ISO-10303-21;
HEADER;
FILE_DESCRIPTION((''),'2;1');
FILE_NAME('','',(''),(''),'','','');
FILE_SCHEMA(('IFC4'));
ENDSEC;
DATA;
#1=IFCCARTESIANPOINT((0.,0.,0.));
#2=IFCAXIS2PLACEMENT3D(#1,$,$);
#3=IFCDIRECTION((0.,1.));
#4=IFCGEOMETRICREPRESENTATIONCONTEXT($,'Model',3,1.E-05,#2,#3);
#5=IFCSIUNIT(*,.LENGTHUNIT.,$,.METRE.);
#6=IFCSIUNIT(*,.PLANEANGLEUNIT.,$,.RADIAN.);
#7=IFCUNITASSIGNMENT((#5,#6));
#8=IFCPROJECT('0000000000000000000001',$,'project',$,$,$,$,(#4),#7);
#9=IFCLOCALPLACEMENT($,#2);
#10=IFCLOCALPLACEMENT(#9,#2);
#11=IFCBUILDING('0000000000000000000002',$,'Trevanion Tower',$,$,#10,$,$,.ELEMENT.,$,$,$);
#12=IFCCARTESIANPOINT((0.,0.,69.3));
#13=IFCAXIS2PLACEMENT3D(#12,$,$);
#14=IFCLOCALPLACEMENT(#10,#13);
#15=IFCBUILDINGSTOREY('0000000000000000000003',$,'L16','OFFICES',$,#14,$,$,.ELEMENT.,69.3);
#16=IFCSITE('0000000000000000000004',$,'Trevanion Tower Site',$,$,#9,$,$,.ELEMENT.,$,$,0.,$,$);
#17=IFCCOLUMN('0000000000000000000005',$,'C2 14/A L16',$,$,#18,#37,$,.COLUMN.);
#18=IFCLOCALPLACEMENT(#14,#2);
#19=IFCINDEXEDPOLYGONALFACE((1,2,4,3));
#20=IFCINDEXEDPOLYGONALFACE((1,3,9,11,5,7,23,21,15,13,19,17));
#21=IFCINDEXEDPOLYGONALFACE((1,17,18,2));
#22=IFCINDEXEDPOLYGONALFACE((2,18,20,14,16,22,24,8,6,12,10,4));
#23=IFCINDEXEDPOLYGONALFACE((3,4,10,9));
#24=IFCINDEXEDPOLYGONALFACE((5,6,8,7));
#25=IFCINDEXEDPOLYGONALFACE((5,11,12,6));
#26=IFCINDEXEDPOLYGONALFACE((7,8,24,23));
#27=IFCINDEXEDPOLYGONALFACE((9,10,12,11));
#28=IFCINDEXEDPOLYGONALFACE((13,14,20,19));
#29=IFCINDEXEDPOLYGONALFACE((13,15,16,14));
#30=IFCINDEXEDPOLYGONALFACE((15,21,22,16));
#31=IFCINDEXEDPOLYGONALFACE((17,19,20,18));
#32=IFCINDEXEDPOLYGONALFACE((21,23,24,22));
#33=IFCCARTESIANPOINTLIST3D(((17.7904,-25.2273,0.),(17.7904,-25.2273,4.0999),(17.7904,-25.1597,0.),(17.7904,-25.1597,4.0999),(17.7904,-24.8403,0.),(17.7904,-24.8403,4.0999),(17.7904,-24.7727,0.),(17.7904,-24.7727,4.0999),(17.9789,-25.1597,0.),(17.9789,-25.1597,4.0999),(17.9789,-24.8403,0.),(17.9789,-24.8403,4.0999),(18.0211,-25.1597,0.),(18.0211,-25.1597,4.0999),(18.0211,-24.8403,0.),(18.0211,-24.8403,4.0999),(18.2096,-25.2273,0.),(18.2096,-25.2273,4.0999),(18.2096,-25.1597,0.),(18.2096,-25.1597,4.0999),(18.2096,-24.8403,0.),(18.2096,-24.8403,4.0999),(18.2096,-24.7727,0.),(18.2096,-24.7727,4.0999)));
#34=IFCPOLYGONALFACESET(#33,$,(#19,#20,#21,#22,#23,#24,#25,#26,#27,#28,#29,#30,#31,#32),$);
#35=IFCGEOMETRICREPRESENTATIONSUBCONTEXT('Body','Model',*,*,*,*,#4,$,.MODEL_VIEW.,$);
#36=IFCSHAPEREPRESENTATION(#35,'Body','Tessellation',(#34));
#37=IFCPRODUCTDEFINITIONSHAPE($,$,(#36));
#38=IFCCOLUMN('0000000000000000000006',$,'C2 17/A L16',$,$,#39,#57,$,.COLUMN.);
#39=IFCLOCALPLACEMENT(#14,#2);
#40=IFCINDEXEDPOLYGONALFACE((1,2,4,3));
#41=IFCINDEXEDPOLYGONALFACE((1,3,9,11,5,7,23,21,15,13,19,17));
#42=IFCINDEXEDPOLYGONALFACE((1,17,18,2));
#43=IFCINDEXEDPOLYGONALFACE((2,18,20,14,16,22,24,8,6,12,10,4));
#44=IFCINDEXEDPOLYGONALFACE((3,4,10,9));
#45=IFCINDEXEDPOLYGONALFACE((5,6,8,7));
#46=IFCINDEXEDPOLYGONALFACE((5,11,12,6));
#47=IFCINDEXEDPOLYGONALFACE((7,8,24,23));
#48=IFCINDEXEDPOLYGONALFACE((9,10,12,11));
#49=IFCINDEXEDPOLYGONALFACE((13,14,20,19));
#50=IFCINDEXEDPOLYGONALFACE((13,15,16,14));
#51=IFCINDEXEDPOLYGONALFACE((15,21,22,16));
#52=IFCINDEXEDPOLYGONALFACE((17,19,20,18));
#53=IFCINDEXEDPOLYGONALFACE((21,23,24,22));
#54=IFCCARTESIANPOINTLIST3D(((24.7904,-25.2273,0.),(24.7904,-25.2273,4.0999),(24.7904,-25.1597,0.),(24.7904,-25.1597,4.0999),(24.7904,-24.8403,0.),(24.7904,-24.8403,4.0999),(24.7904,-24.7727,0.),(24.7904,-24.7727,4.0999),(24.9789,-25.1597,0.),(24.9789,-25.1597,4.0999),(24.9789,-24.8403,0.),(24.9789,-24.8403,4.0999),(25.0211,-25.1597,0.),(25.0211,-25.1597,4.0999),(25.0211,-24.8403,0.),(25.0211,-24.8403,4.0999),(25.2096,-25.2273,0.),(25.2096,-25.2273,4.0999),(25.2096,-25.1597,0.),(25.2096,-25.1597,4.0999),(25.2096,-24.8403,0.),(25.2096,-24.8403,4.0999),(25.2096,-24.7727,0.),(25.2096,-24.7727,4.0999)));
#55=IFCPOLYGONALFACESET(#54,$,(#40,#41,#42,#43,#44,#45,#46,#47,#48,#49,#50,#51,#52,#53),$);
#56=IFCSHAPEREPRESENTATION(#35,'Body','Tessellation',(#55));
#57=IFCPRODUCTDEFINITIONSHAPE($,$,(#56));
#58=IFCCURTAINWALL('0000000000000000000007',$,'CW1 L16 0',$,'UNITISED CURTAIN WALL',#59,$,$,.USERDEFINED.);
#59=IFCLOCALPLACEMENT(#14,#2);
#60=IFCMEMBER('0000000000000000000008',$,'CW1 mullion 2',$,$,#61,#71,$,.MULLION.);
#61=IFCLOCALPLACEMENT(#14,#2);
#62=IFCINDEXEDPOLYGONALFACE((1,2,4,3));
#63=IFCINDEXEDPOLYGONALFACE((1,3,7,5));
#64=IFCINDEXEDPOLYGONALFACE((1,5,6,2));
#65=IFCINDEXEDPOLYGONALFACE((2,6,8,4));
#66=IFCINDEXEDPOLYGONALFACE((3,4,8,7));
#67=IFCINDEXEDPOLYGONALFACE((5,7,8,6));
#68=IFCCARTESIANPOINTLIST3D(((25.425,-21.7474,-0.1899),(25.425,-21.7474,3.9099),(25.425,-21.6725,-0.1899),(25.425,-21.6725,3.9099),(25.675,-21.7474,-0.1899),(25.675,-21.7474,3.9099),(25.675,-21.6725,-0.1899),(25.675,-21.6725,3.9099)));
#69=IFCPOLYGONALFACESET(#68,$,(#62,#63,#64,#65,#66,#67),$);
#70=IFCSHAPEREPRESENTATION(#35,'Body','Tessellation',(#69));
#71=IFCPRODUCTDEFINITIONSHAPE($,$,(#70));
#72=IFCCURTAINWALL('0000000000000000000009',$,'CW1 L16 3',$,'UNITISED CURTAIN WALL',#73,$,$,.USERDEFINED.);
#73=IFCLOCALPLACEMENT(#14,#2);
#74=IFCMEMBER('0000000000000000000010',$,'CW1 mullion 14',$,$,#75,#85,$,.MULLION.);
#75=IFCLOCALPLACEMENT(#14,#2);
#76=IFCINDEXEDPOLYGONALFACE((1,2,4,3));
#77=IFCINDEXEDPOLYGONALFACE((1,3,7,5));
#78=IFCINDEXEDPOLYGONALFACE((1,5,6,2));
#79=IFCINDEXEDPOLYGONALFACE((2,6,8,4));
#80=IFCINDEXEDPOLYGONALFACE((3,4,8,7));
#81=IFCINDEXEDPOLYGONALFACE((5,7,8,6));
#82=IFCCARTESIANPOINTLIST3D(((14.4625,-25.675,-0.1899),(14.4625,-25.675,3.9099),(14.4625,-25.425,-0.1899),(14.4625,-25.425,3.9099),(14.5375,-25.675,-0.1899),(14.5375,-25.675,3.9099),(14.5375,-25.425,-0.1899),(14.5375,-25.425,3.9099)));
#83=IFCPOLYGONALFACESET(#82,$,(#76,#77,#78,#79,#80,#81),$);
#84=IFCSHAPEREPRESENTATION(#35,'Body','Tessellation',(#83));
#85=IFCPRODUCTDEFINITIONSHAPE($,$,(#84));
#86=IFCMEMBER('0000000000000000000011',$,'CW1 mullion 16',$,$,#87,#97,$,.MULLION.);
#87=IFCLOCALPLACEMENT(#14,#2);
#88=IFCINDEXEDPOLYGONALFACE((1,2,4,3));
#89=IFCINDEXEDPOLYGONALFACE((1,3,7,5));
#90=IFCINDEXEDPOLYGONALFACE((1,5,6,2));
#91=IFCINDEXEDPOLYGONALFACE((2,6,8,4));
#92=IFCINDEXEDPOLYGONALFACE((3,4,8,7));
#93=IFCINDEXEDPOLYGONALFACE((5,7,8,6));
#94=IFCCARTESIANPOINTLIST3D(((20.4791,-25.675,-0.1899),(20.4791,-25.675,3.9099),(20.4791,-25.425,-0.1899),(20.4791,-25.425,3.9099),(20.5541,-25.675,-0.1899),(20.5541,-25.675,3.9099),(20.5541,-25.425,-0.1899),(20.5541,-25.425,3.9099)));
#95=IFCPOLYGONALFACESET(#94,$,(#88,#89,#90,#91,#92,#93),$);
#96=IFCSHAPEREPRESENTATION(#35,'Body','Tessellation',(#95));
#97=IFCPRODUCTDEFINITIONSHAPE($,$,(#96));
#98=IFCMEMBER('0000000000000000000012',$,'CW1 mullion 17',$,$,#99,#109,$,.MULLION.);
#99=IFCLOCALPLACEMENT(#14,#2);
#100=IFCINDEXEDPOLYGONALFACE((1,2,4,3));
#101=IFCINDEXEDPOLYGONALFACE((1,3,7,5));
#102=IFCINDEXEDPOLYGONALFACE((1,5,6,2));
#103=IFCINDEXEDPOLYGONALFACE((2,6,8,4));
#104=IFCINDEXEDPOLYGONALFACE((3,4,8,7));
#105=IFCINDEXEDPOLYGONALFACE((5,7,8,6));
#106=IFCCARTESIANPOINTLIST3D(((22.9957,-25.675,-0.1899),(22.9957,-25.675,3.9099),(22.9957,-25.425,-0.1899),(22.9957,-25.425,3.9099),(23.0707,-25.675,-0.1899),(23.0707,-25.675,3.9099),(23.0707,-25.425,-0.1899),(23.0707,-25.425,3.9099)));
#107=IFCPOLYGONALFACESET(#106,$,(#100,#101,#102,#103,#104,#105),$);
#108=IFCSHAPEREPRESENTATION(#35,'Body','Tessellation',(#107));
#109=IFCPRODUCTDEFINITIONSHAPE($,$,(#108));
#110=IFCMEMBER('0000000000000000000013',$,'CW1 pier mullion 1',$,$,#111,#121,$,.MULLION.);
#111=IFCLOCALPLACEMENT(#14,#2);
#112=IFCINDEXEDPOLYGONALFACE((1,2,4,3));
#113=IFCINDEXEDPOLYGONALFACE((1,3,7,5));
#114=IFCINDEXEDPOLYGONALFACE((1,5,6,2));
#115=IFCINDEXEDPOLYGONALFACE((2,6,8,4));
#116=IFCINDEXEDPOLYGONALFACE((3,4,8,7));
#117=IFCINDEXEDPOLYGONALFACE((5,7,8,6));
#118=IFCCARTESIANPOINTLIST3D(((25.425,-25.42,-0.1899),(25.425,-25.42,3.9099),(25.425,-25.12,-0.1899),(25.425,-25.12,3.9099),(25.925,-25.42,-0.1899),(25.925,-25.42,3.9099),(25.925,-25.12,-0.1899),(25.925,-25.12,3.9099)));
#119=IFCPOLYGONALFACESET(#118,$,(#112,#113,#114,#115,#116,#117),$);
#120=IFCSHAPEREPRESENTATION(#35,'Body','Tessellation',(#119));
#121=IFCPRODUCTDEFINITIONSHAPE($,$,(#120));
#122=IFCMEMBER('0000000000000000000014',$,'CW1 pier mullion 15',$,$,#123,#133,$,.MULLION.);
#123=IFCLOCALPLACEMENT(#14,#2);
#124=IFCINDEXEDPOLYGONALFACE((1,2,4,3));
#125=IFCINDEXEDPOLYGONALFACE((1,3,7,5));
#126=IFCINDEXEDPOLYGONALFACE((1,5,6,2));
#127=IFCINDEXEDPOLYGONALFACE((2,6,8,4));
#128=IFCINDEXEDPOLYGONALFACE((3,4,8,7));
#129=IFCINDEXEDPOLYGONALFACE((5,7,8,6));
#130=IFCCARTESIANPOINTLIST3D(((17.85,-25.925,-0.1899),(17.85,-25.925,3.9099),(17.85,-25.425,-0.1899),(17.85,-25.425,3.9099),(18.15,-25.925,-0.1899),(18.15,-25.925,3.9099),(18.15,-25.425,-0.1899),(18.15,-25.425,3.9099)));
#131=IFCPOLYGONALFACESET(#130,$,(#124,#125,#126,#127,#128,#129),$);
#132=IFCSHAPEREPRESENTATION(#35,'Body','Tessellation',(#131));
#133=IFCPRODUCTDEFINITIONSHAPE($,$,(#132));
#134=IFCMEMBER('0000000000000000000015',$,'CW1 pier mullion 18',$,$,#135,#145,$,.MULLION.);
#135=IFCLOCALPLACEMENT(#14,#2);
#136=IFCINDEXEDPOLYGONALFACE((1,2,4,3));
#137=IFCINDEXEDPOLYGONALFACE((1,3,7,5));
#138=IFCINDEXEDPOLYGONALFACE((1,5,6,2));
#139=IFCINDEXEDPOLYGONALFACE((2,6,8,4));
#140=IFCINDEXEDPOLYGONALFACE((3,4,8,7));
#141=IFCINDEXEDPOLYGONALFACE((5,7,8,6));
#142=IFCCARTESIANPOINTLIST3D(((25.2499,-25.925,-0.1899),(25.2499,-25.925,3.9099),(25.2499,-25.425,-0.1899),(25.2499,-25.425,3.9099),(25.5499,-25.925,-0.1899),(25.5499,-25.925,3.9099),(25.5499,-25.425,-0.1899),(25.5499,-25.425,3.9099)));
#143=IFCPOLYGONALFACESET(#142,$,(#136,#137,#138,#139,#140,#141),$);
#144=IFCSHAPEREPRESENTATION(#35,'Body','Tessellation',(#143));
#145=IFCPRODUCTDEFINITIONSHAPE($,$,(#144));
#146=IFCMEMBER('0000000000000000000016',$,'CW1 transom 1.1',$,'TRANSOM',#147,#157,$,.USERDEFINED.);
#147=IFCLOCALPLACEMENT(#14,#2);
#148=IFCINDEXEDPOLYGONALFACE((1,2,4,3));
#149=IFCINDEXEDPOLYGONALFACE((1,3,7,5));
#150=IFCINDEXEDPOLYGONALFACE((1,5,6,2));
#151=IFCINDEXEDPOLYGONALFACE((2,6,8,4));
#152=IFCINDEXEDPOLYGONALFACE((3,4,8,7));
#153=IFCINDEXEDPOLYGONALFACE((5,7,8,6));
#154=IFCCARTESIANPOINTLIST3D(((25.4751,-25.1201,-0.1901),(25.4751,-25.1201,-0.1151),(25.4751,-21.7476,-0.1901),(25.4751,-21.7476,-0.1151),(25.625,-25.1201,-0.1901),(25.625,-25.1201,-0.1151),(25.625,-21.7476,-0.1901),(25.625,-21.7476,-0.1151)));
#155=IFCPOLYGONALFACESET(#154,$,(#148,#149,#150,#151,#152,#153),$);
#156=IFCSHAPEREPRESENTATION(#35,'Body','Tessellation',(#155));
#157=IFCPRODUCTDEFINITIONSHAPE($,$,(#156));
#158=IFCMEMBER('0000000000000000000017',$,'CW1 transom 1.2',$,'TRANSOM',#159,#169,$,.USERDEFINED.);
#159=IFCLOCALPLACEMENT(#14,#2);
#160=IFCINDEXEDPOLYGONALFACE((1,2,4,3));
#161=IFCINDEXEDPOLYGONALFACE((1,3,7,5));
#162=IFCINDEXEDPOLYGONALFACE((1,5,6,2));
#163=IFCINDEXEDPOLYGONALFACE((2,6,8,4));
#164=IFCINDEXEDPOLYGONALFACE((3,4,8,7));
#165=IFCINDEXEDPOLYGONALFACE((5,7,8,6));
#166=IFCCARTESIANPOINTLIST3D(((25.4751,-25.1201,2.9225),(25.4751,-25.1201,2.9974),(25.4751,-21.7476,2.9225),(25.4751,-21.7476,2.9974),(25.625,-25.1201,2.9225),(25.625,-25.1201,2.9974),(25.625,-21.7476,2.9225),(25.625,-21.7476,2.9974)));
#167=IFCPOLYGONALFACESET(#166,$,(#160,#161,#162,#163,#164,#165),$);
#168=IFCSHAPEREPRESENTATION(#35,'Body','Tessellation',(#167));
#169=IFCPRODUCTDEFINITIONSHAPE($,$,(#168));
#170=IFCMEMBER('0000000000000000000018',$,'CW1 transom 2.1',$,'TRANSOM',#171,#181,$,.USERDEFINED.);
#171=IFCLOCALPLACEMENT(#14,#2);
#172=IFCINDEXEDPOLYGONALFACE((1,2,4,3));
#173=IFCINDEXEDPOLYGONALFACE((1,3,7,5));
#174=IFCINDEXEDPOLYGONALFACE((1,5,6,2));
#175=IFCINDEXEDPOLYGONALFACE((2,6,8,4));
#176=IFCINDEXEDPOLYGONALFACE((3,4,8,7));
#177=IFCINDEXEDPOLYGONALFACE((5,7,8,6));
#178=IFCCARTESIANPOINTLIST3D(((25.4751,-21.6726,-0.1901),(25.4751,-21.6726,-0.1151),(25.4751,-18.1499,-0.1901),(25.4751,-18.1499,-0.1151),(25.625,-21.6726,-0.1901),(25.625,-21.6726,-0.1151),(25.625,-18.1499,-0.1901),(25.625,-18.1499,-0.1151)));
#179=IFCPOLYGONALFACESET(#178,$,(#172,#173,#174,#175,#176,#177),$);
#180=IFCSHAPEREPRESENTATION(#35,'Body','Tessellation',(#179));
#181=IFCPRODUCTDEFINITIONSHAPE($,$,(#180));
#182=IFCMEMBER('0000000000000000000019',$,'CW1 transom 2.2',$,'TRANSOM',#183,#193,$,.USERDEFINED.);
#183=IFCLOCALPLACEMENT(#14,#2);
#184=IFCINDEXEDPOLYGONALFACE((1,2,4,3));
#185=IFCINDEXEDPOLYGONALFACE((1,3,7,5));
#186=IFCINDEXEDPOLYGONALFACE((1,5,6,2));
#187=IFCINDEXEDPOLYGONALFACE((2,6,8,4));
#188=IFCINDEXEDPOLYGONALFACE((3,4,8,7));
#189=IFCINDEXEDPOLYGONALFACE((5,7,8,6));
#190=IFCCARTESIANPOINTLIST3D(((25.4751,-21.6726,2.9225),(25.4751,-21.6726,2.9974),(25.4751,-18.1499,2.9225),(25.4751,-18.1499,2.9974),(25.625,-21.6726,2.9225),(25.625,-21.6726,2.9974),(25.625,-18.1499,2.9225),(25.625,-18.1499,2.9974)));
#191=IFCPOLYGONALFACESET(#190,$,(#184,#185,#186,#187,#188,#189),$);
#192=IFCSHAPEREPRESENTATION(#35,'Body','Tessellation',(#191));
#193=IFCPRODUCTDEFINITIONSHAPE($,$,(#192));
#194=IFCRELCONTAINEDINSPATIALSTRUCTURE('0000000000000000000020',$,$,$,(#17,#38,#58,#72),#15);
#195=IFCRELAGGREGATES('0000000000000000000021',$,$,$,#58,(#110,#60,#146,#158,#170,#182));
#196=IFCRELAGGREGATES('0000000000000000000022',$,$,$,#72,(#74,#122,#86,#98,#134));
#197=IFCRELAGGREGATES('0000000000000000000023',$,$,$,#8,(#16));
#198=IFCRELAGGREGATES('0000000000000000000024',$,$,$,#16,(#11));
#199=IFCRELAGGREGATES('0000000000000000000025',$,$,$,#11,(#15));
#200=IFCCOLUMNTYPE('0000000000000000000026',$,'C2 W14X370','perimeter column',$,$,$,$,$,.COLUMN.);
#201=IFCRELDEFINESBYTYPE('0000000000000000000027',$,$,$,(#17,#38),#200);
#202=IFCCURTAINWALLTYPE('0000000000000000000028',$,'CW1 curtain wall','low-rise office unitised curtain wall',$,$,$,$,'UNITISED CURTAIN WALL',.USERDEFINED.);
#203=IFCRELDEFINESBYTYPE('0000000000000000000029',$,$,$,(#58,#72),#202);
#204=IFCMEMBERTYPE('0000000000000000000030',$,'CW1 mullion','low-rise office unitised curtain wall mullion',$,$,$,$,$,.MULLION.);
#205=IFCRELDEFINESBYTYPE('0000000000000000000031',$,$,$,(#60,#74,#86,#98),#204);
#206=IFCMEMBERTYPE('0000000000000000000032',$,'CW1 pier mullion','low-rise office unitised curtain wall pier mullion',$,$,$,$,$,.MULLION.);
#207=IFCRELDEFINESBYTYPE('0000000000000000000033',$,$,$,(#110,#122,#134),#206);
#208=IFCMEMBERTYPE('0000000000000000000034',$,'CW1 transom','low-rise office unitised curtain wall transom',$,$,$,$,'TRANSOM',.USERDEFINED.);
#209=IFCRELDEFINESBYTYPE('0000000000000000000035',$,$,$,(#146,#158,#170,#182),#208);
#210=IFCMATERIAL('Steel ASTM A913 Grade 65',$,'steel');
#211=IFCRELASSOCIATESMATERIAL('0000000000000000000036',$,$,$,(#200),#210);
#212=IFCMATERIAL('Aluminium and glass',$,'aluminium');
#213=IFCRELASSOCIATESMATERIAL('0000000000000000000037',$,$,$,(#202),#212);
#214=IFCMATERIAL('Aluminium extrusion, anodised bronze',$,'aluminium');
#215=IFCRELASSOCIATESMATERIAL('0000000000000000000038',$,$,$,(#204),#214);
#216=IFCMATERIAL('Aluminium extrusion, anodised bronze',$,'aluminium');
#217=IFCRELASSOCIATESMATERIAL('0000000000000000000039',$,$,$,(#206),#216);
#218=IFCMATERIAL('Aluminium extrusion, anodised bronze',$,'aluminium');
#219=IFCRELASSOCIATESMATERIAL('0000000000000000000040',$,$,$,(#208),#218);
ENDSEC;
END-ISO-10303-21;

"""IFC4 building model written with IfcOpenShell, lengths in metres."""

from ifc_helpers import new_model, si_unit, direction, frame, origin, origin_2d, place, context, subcontext, project, spatial, rectangle, i_section, extrude, material, material_profile, profile_set, type_object, element, aggregate, save


model = new_model("IFC4")

# Units and contexts
model_context = context("Model", 3, precision=1e-05, world=origin(), true_north=direction((0.0, 1.0)))
body_context = subcontext(model_context, "Body", "Model", "MODEL_VIEW")
ifc_project = project(units=[si_unit("LENGTHUNIT", "METRE"), si_unit("PLANEANGLEUNIT", "RADIAN")], contexts=[model_context])

# Site, building, storey
site_placement = place(None, origin())
site = spatial("IfcSite", under=ifc_project, at=site_placement, Name="Trevanion Tower Site", CompositionType="ELEMENT", RefElevation=0.0)
building_placement = place(site_placement, origin())
building = spatial("IfcBuilding", under=site, at=building_placement, Name="Trevanion Tower", CompositionType="ELEMENT")
storey_placement = place(building_placement, frame((0.0, 0.0, 69.3)))
storey = spatial("IfcBuildingStorey", under=building, at=storey_placement, Name="L16", Description="OFFICES", CompositionType="ELEMENT", Elevation=69.3)

# Columns
ifc_material_1 = material(Name="Steel ASTM A913 Grade 65", Category="steel")
ifc_material_profile_1 = material_profile(ifc_material_1, i_section(OverallWidth=0.4192, OverallDepth=0.4546, WebThickness=0.0422, FlangeThickness=0.0676, at=origin_2d()), Name="W14X370")
ifc_profile_set_1 = profile_set([ifc_material_profile_1], Name="Steel ASTM A913 Grade 65")
column_type = type_object("IfcColumnType", Name="C2 W14X370", Description="perimeter column", PredefinedType="COLUMN", material=ifc_profile_set_1)
for number, where, z_axis, x_axis, name in (
    (1, (18.0, -25.0, 0.0), (0.0, 0.0, 1.0), (1.0, 0.0, 0.0), "C2 14/A L16"),
    (2, (25.0, -25.0, 0.0), (0.0, 0.0, 1.0), (1.0, 0.0, 0.0), "C2 17/A L16"),
):
    element("IfcColumn", number, at=place(storey_placement, frame(where, z_axis=z_axis, x_axis=x_axis)), inside=storey, type_object=column_type, Name=name, PredefinedType="COLUMN", context=body_context, shape_type="SweptSolid", body=[
        extrude(i_section(OverallWidth=0.4192, OverallDepth=0.4546, WebThickness=0.0422, FlangeThickness=0.0676, at=origin_2d()), origin(), (0.0, 0.0, 1.0), 4.0999),
    ])

# Curtain wall, member
ifc_material_2 = material(Name="Aluminium and glass", Category="aluminium")
curtain_wall_type = type_object("IfcCurtainWallType", Name="CW1 curtain wall", Description="low-rise office unitised curtain wall", ElementType="UNITISED CURTAIN WALL", PredefinedType="USERDEFINED", material=ifc_material_2)
curtain_wall_1_placement = place(storey_placement, origin())
curtain_wall_1 = element("IfcCurtainWall", 3, at=curtain_wall_1_placement, inside=storey, type_object=curtain_wall_type, Name="CW1 L16 0", ObjectType="UNITISED CURTAIN WALL", PredefinedType="USERDEFINED")
ifc_material_3 = material(Name="Aluminium extrusion, anodised bronze", Category="aluminium")
ifc_material_profile_2 = material_profile(ifc_material_3, rectangle(XDim=0.075, YDim=0.25, at=origin_2d()), Name="CW1 mullion")
ifc_profile_set_2 = profile_set([ifc_material_profile_2], Name="Aluminium extrusion, anodised bronze")
member_type_1 = type_object("IfcMemberType", Name="CW1 mullion", Description="low-rise office unitised curtain wall mullion", PredefinedType="MULLION", material=ifc_profile_set_2)
member_1_placement = place(storey_placement, frame((25.55, -21.71, -0.1899), z_axis=(0.0, 0.0, 1.0), x_axis=(0.0, 1.0, 0.0)))
member_1 = element("IfcMember", 4, at=member_1_placement, type_object=member_type_1, Name="CW1 mullion 2", PredefinedType="MULLION", context=body_context, shape_type="SweptSolid", body=[
    extrude(rectangle(XDim=0.075, YDim=0.25, at=origin_2d()), origin(), (0.0, 0.0, 1.0), 4.0999),
])

# Curtain wall, members
curtain_wall_2_placement = place(storey_placement, origin())
curtain_wall_2 = element("IfcCurtainWall", 5, at=curtain_wall_2_placement, inside=storey, type_object=curtain_wall_type, Name="CW1 L16 3", ObjectType="UNITISED CURTAIN WALL", PredefinedType="USERDEFINED")
member_2_placement = place(storey_placement, frame((14.5, -25.55, -0.1899), z_axis=(0.0, 0.0, 1.0), x_axis=(1.0, 0.0, 0.0)))
member_2 = element("IfcMember", 6, at=member_2_placement, type_object=member_type_1, Name="CW1 mullion 14", PredefinedType="MULLION", context=body_context, shape_type="SweptSolid", body=[
    extrude(rectangle(XDim=0.075, YDim=0.25, at=origin_2d()), origin(), (0.0, 0.0, 1.0), 4.0999),
])
member_3_placement = place(storey_placement, frame((20.5166, -25.55, -0.1899), z_axis=(0.0, 0.0, 1.0), x_axis=(1.0, 0.0, 0.0)))
member_3 = element("IfcMember", 7, at=member_3_placement, type_object=member_type_1, Name="CW1 mullion 16", PredefinedType="MULLION", context=body_context, shape_type="SweptSolid", body=[
    extrude(rectangle(XDim=0.075, YDim=0.25, at=origin_2d()), origin(), (0.0, 0.0, 1.0), 4.0999),
])
member_4_placement = place(storey_placement, frame((23.0332, -25.55, -0.1899), z_axis=(0.0, 0.0, 1.0), x_axis=(1.0, 0.0, 0.0)))
member_4 = element("IfcMember", 8, at=member_4_placement, type_object=member_type_1, Name="CW1 mullion 17", PredefinedType="MULLION", context=body_context, shape_type="SweptSolid", body=[
    extrude(rectangle(XDim=0.075, YDim=0.25, at=origin_2d()), origin(), (0.0, 0.0, 1.0), 4.0999),
])

# Members
ifc_material_4 = material(Name="Aluminium extrusion, anodised bronze", Category="aluminium")
ifc_material_profile_3 = material_profile(ifc_material_4, rectangle(XDim=0.3, YDim=0.5, at=origin_2d()), Name="CW1 pier mullion")
ifc_profile_set_3 = profile_set([ifc_material_profile_3], Name="Aluminium extrusion, anodised bronze")
member_type_2 = type_object("IfcMemberType", Name="CW1 pier mullion", Description="low-rise office unitised curtain wall pier mullion", PredefinedType="MULLION", material=ifc_profile_set_3)
member_5_placement = place(storey_placement, frame((25.675, -25.27, -0.1899), z_axis=(0.0, 0.0, 1.0), x_axis=(0.0, 1.0, 0.0)))
member_5 = element("IfcMember", 9, at=member_5_placement, type_object=member_type_2, Name="CW1 pier mullion 1", PredefinedType="MULLION", context=body_context, shape_type="SweptSolid", body=[
    extrude(rectangle(XDim=0.3, YDim=0.5, at=origin_2d()), origin(), (0.0, 0.0, 1.0), 4.0999),
])
member_6_placement = place(storey_placement, frame((18.0, -25.675, -0.1899), z_axis=(0.0, 0.0, 1.0), x_axis=(1.0, 0.0, 0.0)))
member_6 = element("IfcMember", 10, at=member_6_placement, type_object=member_type_2, Name="CW1 pier mullion 15", PredefinedType="MULLION", context=body_context, shape_type="SweptSolid", body=[
    extrude(rectangle(XDim=0.3, YDim=0.5, at=origin_2d()), origin(), (0.0, 0.0, 1.0), 4.0999),
])
member_7_placement = place(storey_placement, frame((25.3999, -25.675, -0.1899), z_axis=(0.0, 0.0, 1.0), x_axis=(1.0, 0.0, 0.0)))
member_7 = element("IfcMember", 11, at=member_7_placement, type_object=member_type_2, Name="CW1 pier mullion 18", PredefinedType="MULLION", context=body_context, shape_type="SweptSolid", body=[
    extrude(rectangle(XDim=0.3, YDim=0.5, at=origin_2d()), origin(), (0.0, 0.0, 1.0), 4.0999),
])
ifc_material_5 = material(Name="Aluminium extrusion, anodised bronze", Category="aluminium")
ifc_material_profile_4 = material_profile(ifc_material_5, rectangle(XDim=0.1499, YDim=0.075, at=origin_2d()), Name="CW1 transom")
ifc_profile_set_4 = profile_set([ifc_material_profile_4], Name="Aluminium extrusion, anodised bronze")
member_type_3 = type_object("IfcMemberType", Name="CW1 transom", Description="low-rise office unitised curtain wall transom", ElementType="TRANSOM", PredefinedType="USERDEFINED", material=ifc_profile_set_4)
member_8_placement = place(storey_placement, frame((25.55, -25.1201, -0.1526), z_axis=(0.0, 1.0, 0.0), x_axis=(-1.0, 0.0, 0.0)))
member_8 = element("IfcMember", 12, at=member_8_placement, type_object=member_type_3, Name="CW1 transom 1.1", ObjectType="TRANSOM", PredefinedType="USERDEFINED", context=body_context, shape_type="SweptSolid", body=[
    extrude(rectangle(XDim=0.1499, YDim=0.075, at=origin_2d()), origin(), (0.0, 0.0, 1.0), 3.3726),
])
member_9_placement = place(storey_placement, frame((25.55, -25.1201, 2.96), z_axis=(0.0, 1.0, 0.0), x_axis=(-1.0, 0.0, 0.0)))
member_9 = element("IfcMember", 13, at=member_9_placement, type_object=member_type_3, Name="CW1 transom 1.2", ObjectType="TRANSOM", PredefinedType="USERDEFINED", context=body_context, shape_type="SweptSolid", body=[
    extrude(rectangle(XDim=0.1499, YDim=0.075, at=origin_2d()), origin(), (0.0, 0.0, 1.0), 3.3726),
])
member_10_placement = place(storey_placement, frame((25.55, -21.6726, -0.1526), z_axis=(0.0, 1.0, 0.0), x_axis=(-1.0, 0.0, 0.0)))
member_10 = element("IfcMember", 14, at=member_10_placement, type_object=member_type_3, Name="CW1 transom 2.1", ObjectType="TRANSOM", PredefinedType="USERDEFINED", context=body_context, shape_type="SweptSolid", body=[
    extrude(rectangle(XDim=0.1499, YDim=0.075, at=origin_2d()), origin(), (0.0, 0.0, 1.0), 3.5227),
])
member_11_placement = place(storey_placement, frame((25.55, -21.6726, 2.96), z_axis=(0.0, 1.0, 0.0), x_axis=(-1.0, 0.0, 0.0)))
member_11 = element("IfcMember", 15, at=member_11_placement, type_object=member_type_3, Name="CW1 transom 2.2", ObjectType="TRANSOM", PredefinedType="USERDEFINED", context=body_context, shape_type="SweptSolid", body=[
    extrude(rectangle(XDim=0.1499, YDim=0.075, at=origin_2d()), origin(), (0.0, 0.0, 1.0), 3.5227),
])

aggregate(curtain_wall_1, [member_5, member_1, member_8, member_9, member_10, member_11])
aggregate(curtain_wall_2, [member_2, member_6, member_3, member_4, member_7])

save(model, "model.ifc")
